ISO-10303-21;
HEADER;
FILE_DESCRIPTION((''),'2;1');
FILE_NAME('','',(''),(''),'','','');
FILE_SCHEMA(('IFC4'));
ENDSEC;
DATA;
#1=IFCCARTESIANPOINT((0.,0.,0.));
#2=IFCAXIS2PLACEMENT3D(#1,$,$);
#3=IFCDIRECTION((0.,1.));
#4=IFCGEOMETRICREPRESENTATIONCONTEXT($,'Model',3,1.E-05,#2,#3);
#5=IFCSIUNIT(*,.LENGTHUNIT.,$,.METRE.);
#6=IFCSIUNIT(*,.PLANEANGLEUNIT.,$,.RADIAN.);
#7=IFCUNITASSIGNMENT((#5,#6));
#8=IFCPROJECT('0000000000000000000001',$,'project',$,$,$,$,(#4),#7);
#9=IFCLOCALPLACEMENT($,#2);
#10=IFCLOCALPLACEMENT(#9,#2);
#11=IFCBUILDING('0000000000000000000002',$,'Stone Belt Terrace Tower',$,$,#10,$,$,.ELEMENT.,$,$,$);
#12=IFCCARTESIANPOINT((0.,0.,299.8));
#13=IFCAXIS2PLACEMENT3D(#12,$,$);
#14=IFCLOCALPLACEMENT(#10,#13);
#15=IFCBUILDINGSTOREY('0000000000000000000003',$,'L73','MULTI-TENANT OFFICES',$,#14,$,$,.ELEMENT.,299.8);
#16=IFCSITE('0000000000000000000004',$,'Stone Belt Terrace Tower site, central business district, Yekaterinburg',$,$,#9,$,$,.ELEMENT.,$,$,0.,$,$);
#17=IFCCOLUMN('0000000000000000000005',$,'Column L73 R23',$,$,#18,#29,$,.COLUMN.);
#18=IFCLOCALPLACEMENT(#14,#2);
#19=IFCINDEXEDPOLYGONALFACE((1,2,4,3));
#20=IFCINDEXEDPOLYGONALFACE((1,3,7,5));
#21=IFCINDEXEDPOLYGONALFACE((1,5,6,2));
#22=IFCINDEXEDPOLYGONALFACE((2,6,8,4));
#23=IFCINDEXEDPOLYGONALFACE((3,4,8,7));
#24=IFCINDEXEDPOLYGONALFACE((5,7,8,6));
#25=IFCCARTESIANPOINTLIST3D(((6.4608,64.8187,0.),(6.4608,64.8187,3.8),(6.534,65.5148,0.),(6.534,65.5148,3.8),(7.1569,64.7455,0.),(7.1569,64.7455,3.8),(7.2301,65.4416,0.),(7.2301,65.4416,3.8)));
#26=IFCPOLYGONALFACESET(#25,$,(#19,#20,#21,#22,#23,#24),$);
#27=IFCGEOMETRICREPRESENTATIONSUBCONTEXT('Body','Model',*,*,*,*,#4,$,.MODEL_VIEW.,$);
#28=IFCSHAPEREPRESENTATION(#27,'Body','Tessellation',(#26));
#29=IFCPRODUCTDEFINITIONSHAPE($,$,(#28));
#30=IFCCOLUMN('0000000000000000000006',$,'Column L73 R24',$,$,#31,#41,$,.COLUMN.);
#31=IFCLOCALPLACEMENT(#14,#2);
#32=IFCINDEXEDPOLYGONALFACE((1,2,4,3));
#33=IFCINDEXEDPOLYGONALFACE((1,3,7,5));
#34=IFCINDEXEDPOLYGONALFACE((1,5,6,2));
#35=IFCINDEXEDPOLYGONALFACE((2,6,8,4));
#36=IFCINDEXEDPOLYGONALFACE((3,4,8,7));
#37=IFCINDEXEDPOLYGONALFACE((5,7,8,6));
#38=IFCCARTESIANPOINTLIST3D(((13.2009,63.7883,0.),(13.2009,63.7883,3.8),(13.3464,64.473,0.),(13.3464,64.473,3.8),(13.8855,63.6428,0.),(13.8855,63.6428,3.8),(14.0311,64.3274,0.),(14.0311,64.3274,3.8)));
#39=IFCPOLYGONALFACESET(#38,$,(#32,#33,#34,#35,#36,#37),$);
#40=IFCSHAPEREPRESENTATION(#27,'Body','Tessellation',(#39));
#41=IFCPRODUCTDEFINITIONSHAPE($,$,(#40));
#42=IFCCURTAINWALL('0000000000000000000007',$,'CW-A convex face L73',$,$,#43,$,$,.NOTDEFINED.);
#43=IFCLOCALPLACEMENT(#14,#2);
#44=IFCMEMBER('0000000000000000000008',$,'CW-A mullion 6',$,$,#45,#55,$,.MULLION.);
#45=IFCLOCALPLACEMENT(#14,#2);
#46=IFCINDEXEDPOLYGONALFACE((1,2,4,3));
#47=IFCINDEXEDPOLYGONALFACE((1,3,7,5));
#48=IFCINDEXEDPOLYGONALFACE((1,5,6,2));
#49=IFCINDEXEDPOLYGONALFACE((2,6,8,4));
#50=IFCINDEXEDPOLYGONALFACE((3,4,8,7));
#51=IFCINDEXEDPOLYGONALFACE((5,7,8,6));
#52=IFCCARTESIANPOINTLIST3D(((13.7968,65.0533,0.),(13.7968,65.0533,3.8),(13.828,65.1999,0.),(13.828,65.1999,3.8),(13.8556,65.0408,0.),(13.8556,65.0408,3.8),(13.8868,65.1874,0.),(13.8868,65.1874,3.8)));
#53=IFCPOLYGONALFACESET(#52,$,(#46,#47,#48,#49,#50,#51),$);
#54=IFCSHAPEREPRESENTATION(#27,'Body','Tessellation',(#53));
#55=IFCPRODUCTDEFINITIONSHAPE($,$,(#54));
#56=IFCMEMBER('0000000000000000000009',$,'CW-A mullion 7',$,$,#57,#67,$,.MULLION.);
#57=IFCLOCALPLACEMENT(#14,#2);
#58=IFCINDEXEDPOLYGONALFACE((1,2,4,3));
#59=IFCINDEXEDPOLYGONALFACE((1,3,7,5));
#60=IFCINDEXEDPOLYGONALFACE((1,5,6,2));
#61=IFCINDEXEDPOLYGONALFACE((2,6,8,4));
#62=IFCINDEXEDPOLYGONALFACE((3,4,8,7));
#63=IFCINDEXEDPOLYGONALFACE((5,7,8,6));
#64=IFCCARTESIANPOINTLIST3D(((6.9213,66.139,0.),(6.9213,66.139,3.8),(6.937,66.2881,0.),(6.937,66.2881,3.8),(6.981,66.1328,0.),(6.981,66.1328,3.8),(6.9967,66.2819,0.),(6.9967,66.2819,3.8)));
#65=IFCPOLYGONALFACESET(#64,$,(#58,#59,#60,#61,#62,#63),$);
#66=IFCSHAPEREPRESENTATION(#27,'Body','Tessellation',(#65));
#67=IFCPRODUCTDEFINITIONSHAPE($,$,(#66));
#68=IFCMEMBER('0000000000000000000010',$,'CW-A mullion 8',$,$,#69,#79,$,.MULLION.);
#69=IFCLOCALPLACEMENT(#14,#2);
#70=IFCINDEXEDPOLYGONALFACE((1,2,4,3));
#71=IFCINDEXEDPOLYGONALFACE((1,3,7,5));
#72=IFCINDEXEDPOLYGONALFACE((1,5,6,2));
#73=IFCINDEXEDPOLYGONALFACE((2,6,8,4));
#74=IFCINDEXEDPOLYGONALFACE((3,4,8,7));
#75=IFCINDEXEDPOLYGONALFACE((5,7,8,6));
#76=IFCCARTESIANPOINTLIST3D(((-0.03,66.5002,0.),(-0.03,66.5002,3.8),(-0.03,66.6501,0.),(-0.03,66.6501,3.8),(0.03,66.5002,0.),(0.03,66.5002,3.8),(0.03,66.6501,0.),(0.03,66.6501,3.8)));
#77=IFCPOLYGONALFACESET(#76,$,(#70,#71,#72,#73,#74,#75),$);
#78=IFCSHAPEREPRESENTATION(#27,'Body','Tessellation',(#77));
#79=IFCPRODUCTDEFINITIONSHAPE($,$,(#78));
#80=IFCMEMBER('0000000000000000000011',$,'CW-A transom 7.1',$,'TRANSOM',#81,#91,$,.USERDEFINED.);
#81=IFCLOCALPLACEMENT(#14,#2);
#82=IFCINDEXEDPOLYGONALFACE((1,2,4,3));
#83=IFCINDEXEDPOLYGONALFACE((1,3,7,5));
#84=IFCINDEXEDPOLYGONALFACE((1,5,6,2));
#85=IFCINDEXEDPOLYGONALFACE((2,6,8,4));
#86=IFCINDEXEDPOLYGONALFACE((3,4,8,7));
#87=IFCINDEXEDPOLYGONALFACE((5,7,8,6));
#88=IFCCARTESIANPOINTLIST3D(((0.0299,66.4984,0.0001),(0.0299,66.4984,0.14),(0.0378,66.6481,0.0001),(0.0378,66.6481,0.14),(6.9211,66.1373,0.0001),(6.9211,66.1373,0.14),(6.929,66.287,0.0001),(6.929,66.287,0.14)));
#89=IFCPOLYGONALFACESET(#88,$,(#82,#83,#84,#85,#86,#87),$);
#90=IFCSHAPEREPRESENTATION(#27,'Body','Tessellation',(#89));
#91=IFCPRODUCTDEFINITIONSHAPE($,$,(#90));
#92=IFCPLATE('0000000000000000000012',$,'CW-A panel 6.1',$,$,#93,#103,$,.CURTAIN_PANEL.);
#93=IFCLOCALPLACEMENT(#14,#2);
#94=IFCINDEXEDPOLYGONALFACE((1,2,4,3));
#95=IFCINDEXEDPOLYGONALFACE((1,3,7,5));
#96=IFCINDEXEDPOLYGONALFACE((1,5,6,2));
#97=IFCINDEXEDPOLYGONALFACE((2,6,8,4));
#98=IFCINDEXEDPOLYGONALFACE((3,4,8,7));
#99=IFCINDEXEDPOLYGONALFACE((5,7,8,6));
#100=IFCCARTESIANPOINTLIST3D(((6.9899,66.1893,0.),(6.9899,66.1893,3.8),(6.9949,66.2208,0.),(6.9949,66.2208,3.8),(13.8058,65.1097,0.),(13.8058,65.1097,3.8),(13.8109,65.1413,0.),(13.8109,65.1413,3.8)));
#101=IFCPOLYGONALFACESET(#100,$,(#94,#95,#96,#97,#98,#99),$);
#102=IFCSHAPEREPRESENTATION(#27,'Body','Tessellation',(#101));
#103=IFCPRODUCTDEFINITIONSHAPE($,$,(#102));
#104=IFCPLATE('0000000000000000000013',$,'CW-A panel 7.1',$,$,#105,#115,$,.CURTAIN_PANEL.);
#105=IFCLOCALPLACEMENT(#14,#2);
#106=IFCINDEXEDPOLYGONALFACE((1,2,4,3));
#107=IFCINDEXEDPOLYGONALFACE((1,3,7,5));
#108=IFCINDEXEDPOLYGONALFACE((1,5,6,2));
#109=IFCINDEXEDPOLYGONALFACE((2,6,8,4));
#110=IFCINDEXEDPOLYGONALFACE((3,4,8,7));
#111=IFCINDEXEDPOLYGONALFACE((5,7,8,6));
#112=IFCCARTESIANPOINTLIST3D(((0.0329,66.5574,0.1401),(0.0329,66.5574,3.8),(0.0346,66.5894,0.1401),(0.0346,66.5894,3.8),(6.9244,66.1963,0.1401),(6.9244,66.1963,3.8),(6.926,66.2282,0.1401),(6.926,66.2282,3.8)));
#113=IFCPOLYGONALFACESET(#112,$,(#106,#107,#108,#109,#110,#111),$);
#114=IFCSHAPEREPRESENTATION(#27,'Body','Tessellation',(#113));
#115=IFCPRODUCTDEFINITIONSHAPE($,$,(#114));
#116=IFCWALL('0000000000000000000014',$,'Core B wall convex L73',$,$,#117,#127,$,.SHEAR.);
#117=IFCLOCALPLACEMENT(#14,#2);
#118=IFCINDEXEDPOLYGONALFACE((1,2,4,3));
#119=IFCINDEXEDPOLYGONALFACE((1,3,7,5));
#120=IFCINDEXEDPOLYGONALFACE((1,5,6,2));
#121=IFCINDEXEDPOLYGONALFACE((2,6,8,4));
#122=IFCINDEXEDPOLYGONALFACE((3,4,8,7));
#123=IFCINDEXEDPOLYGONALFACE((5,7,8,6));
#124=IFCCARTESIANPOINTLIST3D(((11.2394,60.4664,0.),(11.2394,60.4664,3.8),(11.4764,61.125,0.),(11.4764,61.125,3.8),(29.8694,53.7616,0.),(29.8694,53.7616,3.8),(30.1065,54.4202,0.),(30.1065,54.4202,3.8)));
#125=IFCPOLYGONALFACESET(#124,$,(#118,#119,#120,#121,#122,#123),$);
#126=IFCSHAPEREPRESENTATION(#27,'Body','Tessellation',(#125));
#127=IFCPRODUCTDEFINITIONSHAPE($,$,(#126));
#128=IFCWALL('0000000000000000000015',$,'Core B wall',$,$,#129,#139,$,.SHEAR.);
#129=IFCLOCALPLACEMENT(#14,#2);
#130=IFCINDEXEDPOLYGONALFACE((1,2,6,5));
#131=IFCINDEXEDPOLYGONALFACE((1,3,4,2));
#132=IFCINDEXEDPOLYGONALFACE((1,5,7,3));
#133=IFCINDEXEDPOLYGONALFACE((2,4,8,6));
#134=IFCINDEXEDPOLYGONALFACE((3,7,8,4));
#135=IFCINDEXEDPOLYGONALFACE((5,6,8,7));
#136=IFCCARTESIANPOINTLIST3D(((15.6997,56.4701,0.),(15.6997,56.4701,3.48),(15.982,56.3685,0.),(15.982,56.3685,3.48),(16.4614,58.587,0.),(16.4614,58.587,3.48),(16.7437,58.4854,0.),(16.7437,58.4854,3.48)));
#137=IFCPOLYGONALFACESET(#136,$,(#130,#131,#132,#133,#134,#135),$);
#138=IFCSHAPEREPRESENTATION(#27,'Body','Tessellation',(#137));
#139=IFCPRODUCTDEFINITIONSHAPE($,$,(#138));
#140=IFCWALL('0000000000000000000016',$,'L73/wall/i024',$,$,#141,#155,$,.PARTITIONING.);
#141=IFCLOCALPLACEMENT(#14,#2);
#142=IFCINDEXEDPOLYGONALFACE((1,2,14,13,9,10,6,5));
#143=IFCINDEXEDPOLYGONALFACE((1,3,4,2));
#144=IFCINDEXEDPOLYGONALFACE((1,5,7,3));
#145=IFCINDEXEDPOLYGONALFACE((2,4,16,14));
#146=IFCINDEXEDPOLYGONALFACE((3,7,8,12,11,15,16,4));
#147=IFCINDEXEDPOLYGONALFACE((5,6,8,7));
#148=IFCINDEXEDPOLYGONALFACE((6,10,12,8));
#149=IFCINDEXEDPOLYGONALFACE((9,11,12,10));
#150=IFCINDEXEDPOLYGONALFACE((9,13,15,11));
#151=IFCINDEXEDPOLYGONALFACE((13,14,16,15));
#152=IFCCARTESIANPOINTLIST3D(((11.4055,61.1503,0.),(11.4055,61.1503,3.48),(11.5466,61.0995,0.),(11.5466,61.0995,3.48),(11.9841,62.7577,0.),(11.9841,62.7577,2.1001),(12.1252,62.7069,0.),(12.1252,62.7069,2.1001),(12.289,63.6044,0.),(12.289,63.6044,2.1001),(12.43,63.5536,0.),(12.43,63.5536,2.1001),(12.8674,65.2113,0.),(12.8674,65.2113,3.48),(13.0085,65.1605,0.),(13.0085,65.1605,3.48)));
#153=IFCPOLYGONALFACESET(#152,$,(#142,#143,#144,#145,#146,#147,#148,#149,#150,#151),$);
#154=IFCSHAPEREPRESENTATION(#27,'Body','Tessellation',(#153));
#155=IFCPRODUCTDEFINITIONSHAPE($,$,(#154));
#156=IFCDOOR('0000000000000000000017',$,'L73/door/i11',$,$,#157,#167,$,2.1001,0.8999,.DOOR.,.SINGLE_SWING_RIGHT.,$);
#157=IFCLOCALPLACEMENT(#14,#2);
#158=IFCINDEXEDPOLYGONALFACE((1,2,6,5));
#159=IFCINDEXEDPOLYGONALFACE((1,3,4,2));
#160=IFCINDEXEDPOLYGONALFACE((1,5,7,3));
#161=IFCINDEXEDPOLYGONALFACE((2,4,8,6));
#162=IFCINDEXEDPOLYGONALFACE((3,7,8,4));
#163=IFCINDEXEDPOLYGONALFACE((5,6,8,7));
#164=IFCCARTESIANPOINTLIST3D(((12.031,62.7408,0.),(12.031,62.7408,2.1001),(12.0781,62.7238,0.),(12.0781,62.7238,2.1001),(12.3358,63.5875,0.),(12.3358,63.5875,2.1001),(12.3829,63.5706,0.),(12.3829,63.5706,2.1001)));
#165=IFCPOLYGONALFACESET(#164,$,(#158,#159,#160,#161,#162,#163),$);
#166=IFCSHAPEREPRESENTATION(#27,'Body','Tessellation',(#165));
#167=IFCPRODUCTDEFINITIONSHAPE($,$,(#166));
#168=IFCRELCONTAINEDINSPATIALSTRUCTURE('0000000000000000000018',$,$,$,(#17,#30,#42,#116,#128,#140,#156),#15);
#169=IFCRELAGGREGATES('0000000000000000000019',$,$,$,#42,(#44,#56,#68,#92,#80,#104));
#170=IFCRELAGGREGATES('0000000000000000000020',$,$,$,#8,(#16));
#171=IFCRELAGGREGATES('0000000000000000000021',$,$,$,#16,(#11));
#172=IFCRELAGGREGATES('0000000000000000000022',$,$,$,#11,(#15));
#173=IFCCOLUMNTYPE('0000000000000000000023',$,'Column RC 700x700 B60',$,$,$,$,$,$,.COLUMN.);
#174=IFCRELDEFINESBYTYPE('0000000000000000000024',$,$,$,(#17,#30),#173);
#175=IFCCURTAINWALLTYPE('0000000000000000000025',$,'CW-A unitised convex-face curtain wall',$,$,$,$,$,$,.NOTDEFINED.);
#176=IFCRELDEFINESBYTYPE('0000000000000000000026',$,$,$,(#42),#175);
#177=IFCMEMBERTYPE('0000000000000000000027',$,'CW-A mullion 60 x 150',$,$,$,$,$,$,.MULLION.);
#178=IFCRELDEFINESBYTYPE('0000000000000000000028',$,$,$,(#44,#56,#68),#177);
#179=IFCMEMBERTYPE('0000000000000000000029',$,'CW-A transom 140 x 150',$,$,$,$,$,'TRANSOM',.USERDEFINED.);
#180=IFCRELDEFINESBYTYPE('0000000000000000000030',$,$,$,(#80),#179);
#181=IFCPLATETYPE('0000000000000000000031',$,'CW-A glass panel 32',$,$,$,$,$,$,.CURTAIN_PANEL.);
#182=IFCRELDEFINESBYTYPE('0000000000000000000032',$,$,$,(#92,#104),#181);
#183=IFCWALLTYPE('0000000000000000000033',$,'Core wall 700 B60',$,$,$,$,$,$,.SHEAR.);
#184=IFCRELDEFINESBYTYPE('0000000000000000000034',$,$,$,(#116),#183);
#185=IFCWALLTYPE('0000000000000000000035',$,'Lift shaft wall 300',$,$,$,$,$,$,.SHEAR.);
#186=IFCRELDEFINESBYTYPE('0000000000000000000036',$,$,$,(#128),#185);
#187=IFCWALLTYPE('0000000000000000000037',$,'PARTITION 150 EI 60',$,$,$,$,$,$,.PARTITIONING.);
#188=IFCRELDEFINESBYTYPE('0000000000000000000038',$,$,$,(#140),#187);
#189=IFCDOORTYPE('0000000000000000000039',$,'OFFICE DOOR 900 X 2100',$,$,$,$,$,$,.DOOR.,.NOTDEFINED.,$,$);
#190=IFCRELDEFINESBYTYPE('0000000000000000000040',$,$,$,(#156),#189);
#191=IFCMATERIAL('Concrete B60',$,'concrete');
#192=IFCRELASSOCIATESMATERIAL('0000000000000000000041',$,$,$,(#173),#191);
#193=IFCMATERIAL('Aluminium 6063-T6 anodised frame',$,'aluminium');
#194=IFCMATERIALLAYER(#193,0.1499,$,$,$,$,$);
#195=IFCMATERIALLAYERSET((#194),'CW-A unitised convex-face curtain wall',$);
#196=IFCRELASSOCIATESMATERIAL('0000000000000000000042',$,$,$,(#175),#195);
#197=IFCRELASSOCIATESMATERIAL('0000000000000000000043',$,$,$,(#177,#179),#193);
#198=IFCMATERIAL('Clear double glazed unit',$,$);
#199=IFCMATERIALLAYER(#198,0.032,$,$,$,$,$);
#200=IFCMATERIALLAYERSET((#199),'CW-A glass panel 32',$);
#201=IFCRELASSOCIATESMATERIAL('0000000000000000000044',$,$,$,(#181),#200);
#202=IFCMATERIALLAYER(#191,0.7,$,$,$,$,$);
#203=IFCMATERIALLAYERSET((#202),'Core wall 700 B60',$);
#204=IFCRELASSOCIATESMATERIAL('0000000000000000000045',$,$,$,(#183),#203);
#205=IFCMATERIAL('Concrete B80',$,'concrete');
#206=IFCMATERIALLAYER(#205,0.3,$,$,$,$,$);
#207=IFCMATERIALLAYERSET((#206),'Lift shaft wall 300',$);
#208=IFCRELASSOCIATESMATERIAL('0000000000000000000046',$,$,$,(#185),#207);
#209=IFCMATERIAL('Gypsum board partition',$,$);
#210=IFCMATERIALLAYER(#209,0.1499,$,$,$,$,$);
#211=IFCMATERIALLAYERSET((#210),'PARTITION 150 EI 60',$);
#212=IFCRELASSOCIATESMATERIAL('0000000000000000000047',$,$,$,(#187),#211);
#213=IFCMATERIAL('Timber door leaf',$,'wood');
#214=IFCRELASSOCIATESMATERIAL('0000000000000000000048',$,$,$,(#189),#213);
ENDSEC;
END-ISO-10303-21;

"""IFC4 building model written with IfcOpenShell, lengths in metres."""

from ifc_helpers import new_model, si_unit, direction, frame, frame_2d, origin, origin_2d, place, context, subcontext, project, spatial, rectangle, extrude, material, layer, layer_set, material_profile, profile_set, type_object, element, fill, aggregate, save


model = new_model("IFC4")

# Units and contexts
model_context = context("Model", 3, precision=1e-05, world=origin(), true_north=direction((0.0, 1.0)))
body_context = subcontext(model_context, "Body", "Model", "MODEL_VIEW")
ifc_project = project(units=[si_unit("LENGTHUNIT", "METRE"), si_unit("PLANEANGLEUNIT", "RADIAN")], contexts=[model_context])

# Site, building, storey
site_placement = place(None, origin())
site = spatial("IfcSite", under=ifc_project, at=site_placement, Name="Stone Belt Terrace Tower site, central business district, Yekaterinburg", CompositionType="ELEMENT", RefElevation=0.0)
building_placement = place(site_placement, origin())
building = spatial("IfcBuilding", under=site, at=building_placement, Name="Stone Belt Terrace Tower", CompositionType="ELEMENT")
storey_placement = place(building_placement, frame((0.0, 0.0, 299.8)))
storey = spatial("IfcBuildingStorey", under=building, at=storey_placement, Name="L73", Description="MULTI-TENANT OFFICES", CompositionType="ELEMENT", Elevation=299.8)

# Columns
ifc_material_1 = material(Name="Concrete B60", Category="concrete")
ifc_material_profile_1 = material_profile(ifc_material_1, rectangle(XDim=0.7, YDim=0.7, at=origin_2d()), Name="RC 700x700")
ifc_profile_set_1 = profile_set([ifc_material_profile_1], Name="Concrete B60")
column_type = type_object("IfcColumnType", Name="Column RC 700x700 B60", PredefinedType="COLUMN", material=ifc_profile_set_1)
for number, where, z_axis, x_axis, name in (
    (1, (6.8455, 65.1301, 0.0), (0.0, 0.0, 1.0), (0.994522, -0.104528, 0.0), "Column L73 R23"),
    (2, (13.616, 64.0579, 0.0), (0.0, 0.0, 1.0), (0.978148, -0.207912, 0.0), "Column L73 R24"),
):
    element("IfcColumn", number, at=place(storey_placement, frame(where, z_axis=z_axis, x_axis=x_axis)), inside=storey, type_object=column_type, Name=name, PredefinedType="COLUMN", context=body_context, shape_type="SweptSolid", body=[
        extrude(rectangle(XDim=0.7, YDim=0.7, at=origin_2d()), origin(), (0.0, 0.0, 1.0), 3.8),
    ])

# Curtain wall, members, plates
ifc_material_2 = material(Name="Aluminium 6063-T6 anodised frame", Category="aluminium")
ifc_layer_1 = layer(ifc_material_2, 0.1499)
ifc_layer_set_1 = layer_set([ifc_layer_1], Name="CW-A unitised convex-face curtain wall")
curtain_wall_type = type_object("IfcCurtainWallType", Name="CW-A unitised convex-face curtain wall", PredefinedType="NOTDEFINED", material=ifc_layer_set_1)
curtain_wall_placement = place(storey_placement, origin())
curtain_wall = element("IfcCurtainWall", 3, at=curtain_wall_placement, inside=storey, type_object=curtain_wall_type, Name="CW-A convex face L73", PredefinedType="NOTDEFINED")
ifc_material_profile_2 = material_profile(ifc_material_2, rectangle(XDim=0.1499, YDim=0.0601, at=origin_2d()), Name="Aluminium 6063-T6 60x150")
ifc_profile_set_2 = profile_set([ifc_material_profile_2], Name="Aluminium 6063-T6 anodised frame")
member_type_1 = type_object("IfcMemberType", Name="CW-A mullion 60 x 150", PredefinedType="MULLION", material=ifc_profile_set_2)
member_1_placement = place(storey_placement, frame((13.8418, 65.1204, 0.0), z_axis=(0.0, 0.0, 1.0), x_axis=(-0.207912, -0.978148, 0.0)))
member_1 = element("IfcMember", 4, at=member_1_placement, type_object=member_type_1, Name="CW-A mullion 6", PredefinedType="MULLION", context=body_context, shape_type="SweptSolid", body=[
    extrude(rectangle(XDim=0.1499, YDim=0.0601, at=origin_2d()), origin(), (0.0, 0.0, 1.0), 3.8),
])
member_2_placement = place(storey_placement, frame((6.959, 66.2104, 0.0), z_axis=(0.0, 0.0, 1.0), x_axis=(-0.104528, -0.994522, 0.0)))
member_2 = element("IfcMember", 5, at=member_2_placement, type_object=member_type_1, Name="CW-A mullion 7", PredefinedType="MULLION", context=body_context, shape_type="SweptSolid", body=[
    extrude(rectangle(XDim=0.1499, YDim=0.0601, at=origin_2d()), origin(), (0.0, 0.0, 1.0), 3.8),
])
member_3_placement = place(storey_placement, frame((0.0, 66.5752, 0.0), z_axis=(0.0, 0.0, 1.0), x_axis=(0.0, -1.0, 0.0)))
member_3 = element("IfcMember", 6, at=member_3_placement, type_object=member_type_1, Name="CW-A mullion 8", PredefinedType="MULLION", context=body_context, shape_type="SweptSolid", body=[
    extrude(rectangle(XDim=0.1499, YDim=0.0601, at=origin_2d()), origin(), (0.0, 0.0, 1.0), 3.8),
])
ifc_material_profile_3 = material_profile(ifc_material_2, rectangle(XDim=0.1499, YDim=0.1399, at=origin_2d()), Name="Aluminium 6063-T6 150x140")
ifc_profile_set_3 = profile_set([ifc_material_profile_3], Name="Aluminium 6063-T6 anodised frame")
member_type_2 = type_object("IfcMemberType", Name="CW-A transom 140 x 150", ElementType="TRANSOM", PredefinedType="USERDEFINED", material=ifc_profile_set_3)
member_4_placement = place(storey_placement, frame((6.925, 66.2122, 0.0701), z_axis=(-0.99863, 0.052327, 0.0), x_axis=(-0.052327, -0.99863, 0.0)))
member_4 = element("IfcMember", 7, at=member_4_placement, type_object=member_type_2, Name="CW-A transom 7.1", ObjectType="TRANSOM", PredefinedType="USERDEFINED", context=body_context, shape_type="SweptSolid", body=[
    extrude(rectangle(XDim=0.1499, YDim=0.1399, at=origin_2d()), origin(), (0.0, 0.0, 1.0), 6.9006),
])
ifc_material_3 = material(Name="Clear double glazed unit")
ifc_layer_2 = layer(ifc_material_3, 0.032)
ifc_layer_set_2 = layer_set([ifc_layer_2], Name="CW-A glass panel 32")
plate_type = type_object("IfcPlateType", Name="CW-A glass panel 32", PredefinedType="CURTAIN_PANEL", material=ifc_layer_set_2)
plate_1_placement = place(storey_placement, frame((10.4004, 65.6653, 0.0), z_axis=(0.0, 0.0, 1.0), x_axis=(-0.987688, 0.156434, 0.0)))
plate_1 = element("IfcPlate", 8, at=plate_1_placement, type_object=plate_type, Name="CW-A panel 6.1", PredefinedType="CURTAIN_PANEL", context=body_context, shape_type="SweptSolid", body=[
    extrude(rectangle(XDim=6.9009, YDim=0.032, at=origin_2d()), origin(), (0.0, 0.0, 1.0), 3.8),
])
plate_2_placement = place(storey_placement, frame((3.4795, 66.3928, 0.1401), z_axis=(0.0, 0.0, 1.0), x_axis=(-0.99863, 0.052336, 0.0)))
plate_2 = element("IfcPlate", 9, at=plate_2_placement, type_object=plate_type, Name="CW-A panel 7.1", PredefinedType="CURTAIN_PANEL", context=body_context, shape_type="SweptSolid", body=[
    extrude(rectangle(XDim=6.9009, YDim=0.032, at=origin_2d()), origin(), (0.0, 0.0, 1.0), 3.6599),
])
aggregate(curtain_wall, [member_1, member_2, member_3, plate_1, member_4, plate_2])

# Walls
ifc_layer_3 = layer(ifc_material_1, 0.7)
ifc_layer_set_3 = layer_set([ifc_layer_3], Name="Core wall 700 B60")
wall_type_1 = type_object("IfcWallType", Name="Core wall 700 B60", PredefinedType="SHEAR", material=ifc_layer_set_3)
wall_1_placement = place(storey_placement, frame((11.3579, 60.7957, 0.0), z_axis=(0.0, 0.0, 1.0), x_axis=(0.94092, -0.33863, 0.0)))
element("IfcWall", 10, at=wall_1_placement, inside=storey, type_object=wall_type_1, Name="Core B wall convex L73", PredefinedType="SHEAR", context=body_context, shape_type="SweptSolid", body=[
    extrude(rectangle(XDim=19.7998, YDim=0.7, at=frame_2d((9.8999, 0.0))), origin(), (0.0, 0.0, 1.0), 3.8),
])
ifc_material_4 = material(Name="Concrete B80", Category="concrete")
ifc_layer_4 = layer(ifc_material_4, 0.3)
ifc_layer_set_4 = layer_set([ifc_layer_4], Name="Lift shaft wall 300")
wall_type_2 = type_object("IfcWallType", Name="Lift shaft wall 300", PredefinedType="SHEAR", material=ifc_layer_set_4)
wall_2_placement = place(storey_placement, frame((15.8408, 56.4192, 0.0), z_axis=(0.0, 0.0, 1.0), x_axis=(0.33857, 0.940941, 0.0)))
element("IfcWall", 11, at=wall_2_placement, inside=storey, type_object=wall_type_2, Name="Core B wall", PredefinedType="SHEAR", context=body_context, shape_type="SweptSolid", body=[
    extrude(rectangle(XDim=2.2498, YDim=0.3, at=frame_2d((1.125, 0.0))), origin(), (0.0, 0.0, 1.0), 3.48),
])

# Wall, opening, door
ifc_material_5 = material(Name="Gypsum board partition")
ifc_layer_5 = layer(ifc_material_5, 0.1499)
ifc_layer_set_5 = layer_set([ifc_layer_5], Name="PARTITION 150 EI 60")
wall_type_3 = type_object("IfcWallType", Name="PARTITION 150 EI 60", PredefinedType="PARTITIONING", material=ifc_layer_set_5)
wall_3_placement = place(storey_placement, frame((12.938, 65.186, 0.0), z_axis=(0.0, 0.0, 1.0), x_axis=(-0.338707, -0.940892, 0.0)))
wall_3 = element("IfcWall", 12, at=wall_3_placement, inside=storey, type_object=wall_type_3, Name="L73/wall/i024", PredefinedType="PARTITIONING", context=body_context, shape_type="SweptSolid", body=[
    extrude(rectangle(XDim=4.3162, YDim=0.1499, at=frame_2d((2.1582, 0.0))), origin(), (0.0, 0.0, 1.0), 3.48),
])
opening_1_placement = place(wall_3_placement, frame((1.708, 0.0, 0.0)))
opening_1 = element("IfcOpeningElement", 13, at=opening_1_placement, cuts=wall_3, PredefinedType="OPENING", context=body_context, shape_type="SweptSolid", body=[
    extrude(rectangle(XDim=0.8999, YDim=2.1001, at=frame_2d((0.45, 1.05))), frame((0.0, 0.085, 0.0), z_axis=(0.0, -1.0, 0.0), x_axis=(1.0, 0.0, 0.0)), (0.0, 0.0, 1.0), 0.1699),
])
ifc_material_6 = material(Name="Timber door leaf", Category="wood")
door_type_1 = type_object("IfcDoorType", Name="OFFICE DOOR 900 X 2100", OperationType="NOTDEFINED", PredefinedType="DOOR", material=ifc_material_6)
door_1_placement = place(opening_1_placement, origin())
door_1 = element("IfcDoor", 14, at=door_1_placement, inside=storey, type_object=door_type_1, Name="L73/door/i11", OperationType="SINGLE_SWING_RIGHT", OverallHeight=2.1001, OverallWidth=0.8999, PredefinedType="DOOR", context=body_context, shape_type="SweptSolid", body=[
    extrude(rectangle(XDim=0.8999, YDim=2.1001, at=frame_2d((0.45, 1.05))), frame((0.0, 0.0249, 0.0), z_axis=(0.0, -1.0, 0.0), x_axis=(1.0, 0.0, 0.0)), (0.0, 0.0, 1.0), 0.05),
])
fill(opening_1, door_1)

save(model, "model.ifc")
